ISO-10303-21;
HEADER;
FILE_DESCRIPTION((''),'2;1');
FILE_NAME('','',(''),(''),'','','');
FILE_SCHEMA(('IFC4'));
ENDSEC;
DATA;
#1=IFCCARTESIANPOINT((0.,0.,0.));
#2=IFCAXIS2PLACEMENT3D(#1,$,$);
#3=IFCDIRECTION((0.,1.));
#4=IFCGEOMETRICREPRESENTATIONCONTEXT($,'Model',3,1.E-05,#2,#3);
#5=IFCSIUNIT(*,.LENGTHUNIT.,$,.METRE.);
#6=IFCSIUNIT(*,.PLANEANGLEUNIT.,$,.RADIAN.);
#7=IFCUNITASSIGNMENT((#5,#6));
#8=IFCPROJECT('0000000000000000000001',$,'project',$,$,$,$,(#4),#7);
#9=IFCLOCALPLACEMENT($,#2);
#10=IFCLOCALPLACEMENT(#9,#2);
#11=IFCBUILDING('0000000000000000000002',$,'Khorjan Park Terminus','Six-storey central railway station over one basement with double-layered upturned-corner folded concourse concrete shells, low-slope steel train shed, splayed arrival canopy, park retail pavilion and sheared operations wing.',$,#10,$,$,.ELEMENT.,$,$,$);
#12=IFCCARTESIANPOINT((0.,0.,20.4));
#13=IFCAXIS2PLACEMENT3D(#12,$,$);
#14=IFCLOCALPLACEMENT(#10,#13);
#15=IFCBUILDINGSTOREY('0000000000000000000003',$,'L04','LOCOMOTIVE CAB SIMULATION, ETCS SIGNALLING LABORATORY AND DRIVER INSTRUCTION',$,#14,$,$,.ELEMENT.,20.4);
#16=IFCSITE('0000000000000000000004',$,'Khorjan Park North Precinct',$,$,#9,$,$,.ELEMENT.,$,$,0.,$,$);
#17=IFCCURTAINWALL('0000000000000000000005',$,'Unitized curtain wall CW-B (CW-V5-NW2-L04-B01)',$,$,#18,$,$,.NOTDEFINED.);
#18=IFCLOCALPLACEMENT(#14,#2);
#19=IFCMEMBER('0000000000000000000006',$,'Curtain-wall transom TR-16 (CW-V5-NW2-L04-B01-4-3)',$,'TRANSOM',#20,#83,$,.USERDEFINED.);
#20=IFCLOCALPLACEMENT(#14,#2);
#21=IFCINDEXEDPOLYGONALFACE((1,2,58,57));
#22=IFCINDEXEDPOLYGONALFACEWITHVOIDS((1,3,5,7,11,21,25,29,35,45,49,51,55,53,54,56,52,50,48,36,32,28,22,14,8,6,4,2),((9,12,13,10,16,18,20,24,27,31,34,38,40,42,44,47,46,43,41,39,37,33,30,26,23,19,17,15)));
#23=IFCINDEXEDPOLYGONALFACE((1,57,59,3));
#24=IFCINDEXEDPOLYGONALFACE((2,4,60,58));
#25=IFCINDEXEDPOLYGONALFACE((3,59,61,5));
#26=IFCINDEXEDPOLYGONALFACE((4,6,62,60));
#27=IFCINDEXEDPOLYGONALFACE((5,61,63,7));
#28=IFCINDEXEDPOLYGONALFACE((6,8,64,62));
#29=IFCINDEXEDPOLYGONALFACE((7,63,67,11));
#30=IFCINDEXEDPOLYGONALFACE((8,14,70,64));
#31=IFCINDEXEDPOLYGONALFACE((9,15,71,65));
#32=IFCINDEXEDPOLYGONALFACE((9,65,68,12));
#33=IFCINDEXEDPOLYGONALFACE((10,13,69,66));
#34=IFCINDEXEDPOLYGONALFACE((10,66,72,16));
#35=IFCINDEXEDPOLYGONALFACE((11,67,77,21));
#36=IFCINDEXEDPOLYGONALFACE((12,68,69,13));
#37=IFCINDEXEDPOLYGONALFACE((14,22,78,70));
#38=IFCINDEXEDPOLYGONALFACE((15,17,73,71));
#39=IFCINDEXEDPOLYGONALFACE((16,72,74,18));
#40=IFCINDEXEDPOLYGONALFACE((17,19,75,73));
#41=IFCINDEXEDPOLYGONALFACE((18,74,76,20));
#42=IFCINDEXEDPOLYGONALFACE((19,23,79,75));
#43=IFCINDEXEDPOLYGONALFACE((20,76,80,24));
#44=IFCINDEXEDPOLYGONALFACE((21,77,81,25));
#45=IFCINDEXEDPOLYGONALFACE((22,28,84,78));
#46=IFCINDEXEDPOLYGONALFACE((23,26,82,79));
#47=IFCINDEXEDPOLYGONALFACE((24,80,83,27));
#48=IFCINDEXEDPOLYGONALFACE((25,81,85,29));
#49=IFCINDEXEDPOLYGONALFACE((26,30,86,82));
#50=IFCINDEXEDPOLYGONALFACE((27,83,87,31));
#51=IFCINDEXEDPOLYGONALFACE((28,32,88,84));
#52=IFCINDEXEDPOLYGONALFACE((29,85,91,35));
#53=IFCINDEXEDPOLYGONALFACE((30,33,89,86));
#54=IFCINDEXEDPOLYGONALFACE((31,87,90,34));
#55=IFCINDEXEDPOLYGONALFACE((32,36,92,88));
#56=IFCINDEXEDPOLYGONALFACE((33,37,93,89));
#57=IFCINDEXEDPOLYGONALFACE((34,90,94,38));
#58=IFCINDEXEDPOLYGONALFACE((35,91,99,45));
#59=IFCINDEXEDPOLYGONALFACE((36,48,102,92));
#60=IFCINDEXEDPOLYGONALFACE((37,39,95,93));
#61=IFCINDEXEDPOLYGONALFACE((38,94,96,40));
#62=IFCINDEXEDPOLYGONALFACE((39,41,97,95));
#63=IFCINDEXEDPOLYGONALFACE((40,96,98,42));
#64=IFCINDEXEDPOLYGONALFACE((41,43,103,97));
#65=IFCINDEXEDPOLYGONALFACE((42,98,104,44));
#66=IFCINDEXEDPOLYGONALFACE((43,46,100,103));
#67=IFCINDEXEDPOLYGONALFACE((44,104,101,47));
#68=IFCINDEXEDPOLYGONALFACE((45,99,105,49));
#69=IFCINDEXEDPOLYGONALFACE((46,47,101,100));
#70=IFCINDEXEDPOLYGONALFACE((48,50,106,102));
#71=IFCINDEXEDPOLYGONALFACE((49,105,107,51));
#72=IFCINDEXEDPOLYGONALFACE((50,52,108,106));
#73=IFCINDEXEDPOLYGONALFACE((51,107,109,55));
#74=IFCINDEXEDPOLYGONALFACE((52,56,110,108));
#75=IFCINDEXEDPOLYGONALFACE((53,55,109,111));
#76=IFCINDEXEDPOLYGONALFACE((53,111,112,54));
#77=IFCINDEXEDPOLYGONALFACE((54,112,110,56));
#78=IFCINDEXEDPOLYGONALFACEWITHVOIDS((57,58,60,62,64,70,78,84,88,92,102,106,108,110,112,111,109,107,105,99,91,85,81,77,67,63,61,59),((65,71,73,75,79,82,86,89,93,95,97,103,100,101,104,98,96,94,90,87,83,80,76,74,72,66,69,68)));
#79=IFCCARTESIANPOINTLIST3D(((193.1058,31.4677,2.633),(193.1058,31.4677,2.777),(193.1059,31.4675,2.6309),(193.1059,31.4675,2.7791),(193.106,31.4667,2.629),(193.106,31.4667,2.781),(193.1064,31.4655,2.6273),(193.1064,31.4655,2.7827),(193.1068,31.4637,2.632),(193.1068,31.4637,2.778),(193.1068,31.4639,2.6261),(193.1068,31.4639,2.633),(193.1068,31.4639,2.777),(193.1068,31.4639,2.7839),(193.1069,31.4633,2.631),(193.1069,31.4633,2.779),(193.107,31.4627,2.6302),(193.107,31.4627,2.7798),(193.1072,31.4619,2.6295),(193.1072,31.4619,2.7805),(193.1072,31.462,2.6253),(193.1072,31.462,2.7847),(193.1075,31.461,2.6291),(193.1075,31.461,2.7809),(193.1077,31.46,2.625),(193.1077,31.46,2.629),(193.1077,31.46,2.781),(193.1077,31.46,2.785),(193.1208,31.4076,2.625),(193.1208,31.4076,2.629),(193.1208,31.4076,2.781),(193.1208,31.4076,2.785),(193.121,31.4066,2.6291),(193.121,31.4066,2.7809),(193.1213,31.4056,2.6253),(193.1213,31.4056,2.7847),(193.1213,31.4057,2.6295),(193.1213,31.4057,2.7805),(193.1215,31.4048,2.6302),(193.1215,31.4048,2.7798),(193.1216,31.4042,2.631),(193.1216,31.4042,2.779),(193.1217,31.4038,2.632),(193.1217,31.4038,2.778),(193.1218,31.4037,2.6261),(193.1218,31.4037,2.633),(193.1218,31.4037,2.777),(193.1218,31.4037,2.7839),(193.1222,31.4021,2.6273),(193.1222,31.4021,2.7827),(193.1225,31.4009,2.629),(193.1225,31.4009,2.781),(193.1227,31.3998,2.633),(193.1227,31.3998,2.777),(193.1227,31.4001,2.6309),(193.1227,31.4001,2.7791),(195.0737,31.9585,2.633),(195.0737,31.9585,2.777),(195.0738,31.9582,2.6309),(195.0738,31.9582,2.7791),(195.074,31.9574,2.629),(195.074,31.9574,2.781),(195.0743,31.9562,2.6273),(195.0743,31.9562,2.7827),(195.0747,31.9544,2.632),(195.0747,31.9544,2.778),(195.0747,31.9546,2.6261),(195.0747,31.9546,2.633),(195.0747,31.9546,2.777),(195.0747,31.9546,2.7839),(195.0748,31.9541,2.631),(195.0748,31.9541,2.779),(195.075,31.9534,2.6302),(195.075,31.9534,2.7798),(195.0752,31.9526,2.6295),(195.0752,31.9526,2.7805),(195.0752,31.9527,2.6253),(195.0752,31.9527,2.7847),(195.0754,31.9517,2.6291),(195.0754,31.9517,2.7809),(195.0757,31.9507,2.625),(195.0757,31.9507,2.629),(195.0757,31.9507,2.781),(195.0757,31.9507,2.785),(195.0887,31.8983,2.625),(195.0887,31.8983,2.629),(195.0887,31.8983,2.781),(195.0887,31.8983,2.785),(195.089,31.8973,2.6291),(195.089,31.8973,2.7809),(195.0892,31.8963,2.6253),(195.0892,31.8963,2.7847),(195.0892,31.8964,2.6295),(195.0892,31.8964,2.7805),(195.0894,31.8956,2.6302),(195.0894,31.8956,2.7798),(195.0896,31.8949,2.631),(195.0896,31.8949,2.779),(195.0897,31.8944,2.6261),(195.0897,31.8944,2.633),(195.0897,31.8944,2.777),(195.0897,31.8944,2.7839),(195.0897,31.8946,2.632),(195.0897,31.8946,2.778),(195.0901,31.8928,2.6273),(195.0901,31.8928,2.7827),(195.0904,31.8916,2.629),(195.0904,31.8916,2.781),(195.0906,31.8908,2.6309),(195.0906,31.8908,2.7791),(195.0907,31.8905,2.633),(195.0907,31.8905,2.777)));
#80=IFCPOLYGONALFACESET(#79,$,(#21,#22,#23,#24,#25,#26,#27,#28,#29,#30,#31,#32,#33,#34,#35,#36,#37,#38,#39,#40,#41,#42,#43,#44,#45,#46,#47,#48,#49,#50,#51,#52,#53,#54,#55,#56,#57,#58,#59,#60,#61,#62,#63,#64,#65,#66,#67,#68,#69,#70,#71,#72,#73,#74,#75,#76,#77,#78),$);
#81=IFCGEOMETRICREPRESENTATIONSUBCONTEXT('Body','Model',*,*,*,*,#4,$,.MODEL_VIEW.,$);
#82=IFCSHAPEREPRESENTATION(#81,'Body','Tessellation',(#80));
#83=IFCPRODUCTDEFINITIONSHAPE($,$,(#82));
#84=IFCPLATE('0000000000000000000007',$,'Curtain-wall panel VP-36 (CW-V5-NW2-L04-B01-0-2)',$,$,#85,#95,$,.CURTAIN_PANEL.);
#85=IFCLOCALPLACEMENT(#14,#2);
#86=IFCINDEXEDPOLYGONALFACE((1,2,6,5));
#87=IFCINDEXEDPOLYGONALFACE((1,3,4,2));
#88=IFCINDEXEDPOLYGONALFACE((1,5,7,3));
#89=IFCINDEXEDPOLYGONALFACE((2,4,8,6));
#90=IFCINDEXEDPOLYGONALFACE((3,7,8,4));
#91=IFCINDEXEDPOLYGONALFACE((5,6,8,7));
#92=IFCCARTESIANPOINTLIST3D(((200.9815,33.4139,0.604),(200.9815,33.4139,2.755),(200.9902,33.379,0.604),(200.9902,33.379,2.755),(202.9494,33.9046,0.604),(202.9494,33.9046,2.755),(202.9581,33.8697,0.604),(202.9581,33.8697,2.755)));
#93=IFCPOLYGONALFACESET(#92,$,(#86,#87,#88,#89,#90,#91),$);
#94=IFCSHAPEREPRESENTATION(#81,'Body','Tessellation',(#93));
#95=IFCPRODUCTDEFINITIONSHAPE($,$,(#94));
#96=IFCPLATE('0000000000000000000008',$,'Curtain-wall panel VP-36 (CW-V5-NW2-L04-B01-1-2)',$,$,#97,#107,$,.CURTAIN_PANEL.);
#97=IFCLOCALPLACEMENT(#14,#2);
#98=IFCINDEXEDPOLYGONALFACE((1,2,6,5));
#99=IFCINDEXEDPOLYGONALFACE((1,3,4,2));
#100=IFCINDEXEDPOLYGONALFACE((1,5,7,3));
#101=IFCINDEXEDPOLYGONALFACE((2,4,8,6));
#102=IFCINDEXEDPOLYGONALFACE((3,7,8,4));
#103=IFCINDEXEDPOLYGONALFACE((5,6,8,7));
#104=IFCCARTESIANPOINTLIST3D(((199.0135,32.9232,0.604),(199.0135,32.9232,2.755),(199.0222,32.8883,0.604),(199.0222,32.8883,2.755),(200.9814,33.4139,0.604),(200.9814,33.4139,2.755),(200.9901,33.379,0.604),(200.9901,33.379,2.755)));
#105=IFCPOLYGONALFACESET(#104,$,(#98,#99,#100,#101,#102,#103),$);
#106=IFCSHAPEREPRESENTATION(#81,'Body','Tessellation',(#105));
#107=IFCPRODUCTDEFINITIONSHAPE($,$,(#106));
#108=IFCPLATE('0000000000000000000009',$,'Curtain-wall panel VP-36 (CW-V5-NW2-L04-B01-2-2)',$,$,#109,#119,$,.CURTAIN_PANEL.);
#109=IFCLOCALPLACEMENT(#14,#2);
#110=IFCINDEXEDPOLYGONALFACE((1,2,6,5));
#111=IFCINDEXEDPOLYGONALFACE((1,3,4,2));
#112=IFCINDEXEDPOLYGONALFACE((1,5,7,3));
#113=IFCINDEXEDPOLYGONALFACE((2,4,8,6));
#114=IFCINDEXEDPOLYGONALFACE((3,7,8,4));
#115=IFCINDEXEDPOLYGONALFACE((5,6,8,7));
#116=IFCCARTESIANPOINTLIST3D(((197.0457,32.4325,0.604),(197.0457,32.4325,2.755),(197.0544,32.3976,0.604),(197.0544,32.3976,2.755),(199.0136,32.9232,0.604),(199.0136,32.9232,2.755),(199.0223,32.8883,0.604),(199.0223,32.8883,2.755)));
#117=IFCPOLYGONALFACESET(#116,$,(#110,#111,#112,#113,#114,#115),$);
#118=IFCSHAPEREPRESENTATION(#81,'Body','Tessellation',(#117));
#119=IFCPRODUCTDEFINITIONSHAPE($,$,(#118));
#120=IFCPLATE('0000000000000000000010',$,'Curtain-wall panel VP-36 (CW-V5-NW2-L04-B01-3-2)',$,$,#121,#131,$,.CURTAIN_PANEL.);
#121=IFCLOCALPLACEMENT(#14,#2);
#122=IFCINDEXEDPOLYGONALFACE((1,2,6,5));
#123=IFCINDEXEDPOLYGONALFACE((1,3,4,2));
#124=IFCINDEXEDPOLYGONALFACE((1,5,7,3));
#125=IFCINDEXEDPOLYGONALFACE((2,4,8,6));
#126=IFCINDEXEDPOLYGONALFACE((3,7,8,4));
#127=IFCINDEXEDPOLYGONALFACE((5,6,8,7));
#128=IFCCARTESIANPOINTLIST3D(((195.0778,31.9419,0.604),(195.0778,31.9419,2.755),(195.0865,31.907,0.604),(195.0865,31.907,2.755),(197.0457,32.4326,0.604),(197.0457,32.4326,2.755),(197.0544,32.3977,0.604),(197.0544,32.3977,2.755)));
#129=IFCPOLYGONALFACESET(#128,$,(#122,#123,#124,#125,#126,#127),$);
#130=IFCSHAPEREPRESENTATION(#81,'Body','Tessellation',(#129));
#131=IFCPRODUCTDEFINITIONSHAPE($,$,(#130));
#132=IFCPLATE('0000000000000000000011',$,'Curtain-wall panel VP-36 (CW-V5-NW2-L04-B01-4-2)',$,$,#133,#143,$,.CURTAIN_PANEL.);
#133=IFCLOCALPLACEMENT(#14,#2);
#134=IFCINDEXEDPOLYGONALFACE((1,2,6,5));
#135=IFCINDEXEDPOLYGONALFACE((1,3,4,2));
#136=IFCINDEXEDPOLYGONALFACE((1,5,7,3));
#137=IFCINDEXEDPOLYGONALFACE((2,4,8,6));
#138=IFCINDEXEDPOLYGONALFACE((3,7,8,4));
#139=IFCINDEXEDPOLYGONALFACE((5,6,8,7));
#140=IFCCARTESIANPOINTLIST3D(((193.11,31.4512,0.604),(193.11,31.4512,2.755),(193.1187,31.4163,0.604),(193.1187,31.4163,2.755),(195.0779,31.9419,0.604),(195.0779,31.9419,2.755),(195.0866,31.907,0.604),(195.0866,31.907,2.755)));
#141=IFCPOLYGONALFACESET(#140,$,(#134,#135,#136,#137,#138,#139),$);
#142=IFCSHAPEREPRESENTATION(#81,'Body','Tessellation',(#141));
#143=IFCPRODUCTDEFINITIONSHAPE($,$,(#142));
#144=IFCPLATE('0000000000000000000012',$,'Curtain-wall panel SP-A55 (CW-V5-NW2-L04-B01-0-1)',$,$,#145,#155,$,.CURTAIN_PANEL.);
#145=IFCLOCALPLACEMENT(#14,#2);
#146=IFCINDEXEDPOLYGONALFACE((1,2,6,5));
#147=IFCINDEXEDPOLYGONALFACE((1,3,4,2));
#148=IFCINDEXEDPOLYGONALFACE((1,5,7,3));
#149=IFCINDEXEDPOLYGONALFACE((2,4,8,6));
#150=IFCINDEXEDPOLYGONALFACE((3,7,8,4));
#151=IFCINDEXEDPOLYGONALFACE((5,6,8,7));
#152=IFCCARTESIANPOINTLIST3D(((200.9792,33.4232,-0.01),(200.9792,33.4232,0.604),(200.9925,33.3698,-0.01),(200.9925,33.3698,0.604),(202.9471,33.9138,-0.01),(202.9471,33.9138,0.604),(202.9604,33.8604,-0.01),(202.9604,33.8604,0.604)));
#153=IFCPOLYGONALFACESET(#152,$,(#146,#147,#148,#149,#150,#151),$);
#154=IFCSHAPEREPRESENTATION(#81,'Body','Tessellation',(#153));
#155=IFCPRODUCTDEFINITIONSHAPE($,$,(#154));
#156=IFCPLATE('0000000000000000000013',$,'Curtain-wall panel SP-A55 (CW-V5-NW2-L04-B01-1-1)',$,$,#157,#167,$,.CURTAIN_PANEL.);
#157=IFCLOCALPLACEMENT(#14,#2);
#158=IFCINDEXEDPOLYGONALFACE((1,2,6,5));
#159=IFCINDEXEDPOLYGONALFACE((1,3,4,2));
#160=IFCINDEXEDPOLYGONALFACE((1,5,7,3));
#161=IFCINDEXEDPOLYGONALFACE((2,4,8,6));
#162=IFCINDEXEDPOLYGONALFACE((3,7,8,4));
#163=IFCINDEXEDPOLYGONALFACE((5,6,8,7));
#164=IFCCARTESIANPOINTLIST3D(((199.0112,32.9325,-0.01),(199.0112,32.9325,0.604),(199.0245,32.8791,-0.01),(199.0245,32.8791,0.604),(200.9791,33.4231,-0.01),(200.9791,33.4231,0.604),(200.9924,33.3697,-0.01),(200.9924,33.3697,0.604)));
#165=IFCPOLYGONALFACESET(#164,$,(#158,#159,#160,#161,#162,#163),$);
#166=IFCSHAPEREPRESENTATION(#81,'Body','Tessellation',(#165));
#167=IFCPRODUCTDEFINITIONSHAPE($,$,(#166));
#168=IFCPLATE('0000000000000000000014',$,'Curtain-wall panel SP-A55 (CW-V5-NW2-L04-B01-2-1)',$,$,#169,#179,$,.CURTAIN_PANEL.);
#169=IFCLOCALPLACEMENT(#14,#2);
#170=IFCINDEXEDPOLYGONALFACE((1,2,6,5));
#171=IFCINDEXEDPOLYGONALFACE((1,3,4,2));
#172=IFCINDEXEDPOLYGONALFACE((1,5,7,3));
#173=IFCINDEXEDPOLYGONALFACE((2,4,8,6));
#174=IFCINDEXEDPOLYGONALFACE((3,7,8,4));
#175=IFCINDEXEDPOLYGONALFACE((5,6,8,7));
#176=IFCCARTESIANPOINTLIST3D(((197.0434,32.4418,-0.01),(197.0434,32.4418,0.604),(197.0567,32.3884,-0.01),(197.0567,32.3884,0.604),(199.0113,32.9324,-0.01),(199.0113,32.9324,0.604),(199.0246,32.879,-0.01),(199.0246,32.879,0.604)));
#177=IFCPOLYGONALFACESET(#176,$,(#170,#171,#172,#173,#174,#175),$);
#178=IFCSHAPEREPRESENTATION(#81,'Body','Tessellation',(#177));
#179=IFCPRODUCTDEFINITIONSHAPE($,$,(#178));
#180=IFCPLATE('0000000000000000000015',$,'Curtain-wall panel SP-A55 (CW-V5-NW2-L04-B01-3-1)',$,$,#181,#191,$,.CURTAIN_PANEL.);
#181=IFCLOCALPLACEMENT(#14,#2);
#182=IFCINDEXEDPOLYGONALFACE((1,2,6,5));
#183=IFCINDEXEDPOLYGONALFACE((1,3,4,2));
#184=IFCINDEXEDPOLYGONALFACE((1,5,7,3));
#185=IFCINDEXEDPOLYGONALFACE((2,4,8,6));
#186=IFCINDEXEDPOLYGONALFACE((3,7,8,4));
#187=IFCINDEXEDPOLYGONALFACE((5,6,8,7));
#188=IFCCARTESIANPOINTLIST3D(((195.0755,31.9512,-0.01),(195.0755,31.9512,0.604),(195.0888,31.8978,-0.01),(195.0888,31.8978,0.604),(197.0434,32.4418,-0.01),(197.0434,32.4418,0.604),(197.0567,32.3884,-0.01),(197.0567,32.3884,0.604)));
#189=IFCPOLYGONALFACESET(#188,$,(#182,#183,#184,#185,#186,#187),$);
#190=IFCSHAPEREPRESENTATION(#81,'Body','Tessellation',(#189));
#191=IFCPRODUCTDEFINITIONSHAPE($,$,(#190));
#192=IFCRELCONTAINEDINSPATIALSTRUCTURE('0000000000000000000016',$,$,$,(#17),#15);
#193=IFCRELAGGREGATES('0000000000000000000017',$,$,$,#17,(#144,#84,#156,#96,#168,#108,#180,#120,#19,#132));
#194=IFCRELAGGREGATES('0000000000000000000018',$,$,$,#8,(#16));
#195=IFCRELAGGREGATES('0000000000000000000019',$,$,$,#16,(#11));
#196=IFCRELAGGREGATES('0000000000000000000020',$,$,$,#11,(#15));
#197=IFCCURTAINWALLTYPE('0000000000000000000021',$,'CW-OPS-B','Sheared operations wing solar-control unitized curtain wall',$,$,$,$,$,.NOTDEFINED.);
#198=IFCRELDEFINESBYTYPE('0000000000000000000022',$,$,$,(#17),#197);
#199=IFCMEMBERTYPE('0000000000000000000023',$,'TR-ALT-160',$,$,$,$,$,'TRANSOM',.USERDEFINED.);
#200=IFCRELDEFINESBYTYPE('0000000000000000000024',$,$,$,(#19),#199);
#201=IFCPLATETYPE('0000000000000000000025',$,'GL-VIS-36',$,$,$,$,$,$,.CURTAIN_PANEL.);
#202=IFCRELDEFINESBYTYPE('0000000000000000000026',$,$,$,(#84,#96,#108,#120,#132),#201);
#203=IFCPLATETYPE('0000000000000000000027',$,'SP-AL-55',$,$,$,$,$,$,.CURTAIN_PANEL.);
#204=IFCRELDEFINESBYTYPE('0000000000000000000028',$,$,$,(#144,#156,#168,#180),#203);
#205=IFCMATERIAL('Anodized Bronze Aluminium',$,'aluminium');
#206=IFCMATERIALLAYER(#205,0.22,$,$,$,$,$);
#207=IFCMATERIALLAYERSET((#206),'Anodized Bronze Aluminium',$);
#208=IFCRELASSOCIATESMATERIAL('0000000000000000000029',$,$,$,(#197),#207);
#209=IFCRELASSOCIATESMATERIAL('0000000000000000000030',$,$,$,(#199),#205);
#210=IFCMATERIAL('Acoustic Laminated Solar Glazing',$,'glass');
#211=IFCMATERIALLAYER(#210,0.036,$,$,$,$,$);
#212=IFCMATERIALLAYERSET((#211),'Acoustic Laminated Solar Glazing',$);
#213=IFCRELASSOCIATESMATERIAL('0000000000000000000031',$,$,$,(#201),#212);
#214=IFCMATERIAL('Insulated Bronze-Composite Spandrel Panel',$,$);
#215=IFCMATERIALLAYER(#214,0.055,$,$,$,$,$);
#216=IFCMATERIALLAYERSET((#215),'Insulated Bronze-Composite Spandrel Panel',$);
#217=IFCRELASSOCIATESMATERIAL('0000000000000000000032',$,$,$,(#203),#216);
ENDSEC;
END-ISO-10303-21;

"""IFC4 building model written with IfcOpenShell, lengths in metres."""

from ifc_helpers import new_model, si_unit, direction, frame, origin, origin_2d, place, context, subcontext, project, spatial, rectangle, hollow_rectangle, extrude, material, layer, layer_set, material_profile, profile_set, type_object, element, aggregate, save


model = new_model("IFC4")

# Units and contexts
model_context = context("Model", 3, precision=1e-05, world=origin(), true_north=direction((0.0, 1.0)))
body_context = subcontext(model_context, "Body", "Model", "MODEL_VIEW")
ifc_project = project(units=[si_unit("LENGTHUNIT", "METRE"), si_unit("PLANEANGLEUNIT", "RADIAN")], contexts=[model_context])

# Site, building, storey
site_placement = place(None, origin())
site = spatial("IfcSite", under=ifc_project, at=site_placement, Name="Khorjan Park North Precinct", CompositionType="ELEMENT", RefElevation=0.0)
building_placement = place(site_placement, origin())
building = spatial("IfcBuilding", under=site, at=building_placement, Name="Khorjan Park Terminus", Description="Six-storey central railway station over one basement with double-layered upturned-corner folded concourse concrete shells, low-slope steel train shed, splayed arrival canopy, park retail pavilion and sheared operations wing.", CompositionType="ELEMENT")
storey_placement = place(building_placement, frame((0.0, 0.0, 20.4)))
storey = spatial("IfcBuildingStorey", under=building, at=storey_placement, Name="L04", Description="LOCOMOTIVE CAB SIMULATION, ETCS SIGNALLING LABORATORY AND DRIVER INSTRUCTION", CompositionType="ELEMENT", Elevation=20.4)

# Curtain wall, member, plates
ifc_material_1 = material(Name="Anodized Bronze Aluminium", Category="aluminium")
ifc_layer_1 = layer(ifc_material_1, 0.22)
ifc_layer_set_1 = layer_set([ifc_layer_1], Name="Anodized Bronze Aluminium")
curtain_wall_type = type_object("IfcCurtainWallType", Name="CW-OPS-B", Description="Sheared operations wing solar-control unitized curtain wall", PredefinedType="NOTDEFINED", material=ifc_layer_set_1)
curtain_wall_placement = place(storey_placement, origin())
curtain_wall = element("IfcCurtainWall", 1, at=curtain_wall_placement, inside=storey, type_object=curtain_wall_type, Name="Unitized curtain wall CW-B (CW-V5-NW2-L04-B01)", PredefinedType="NOTDEFINED")
ifc_material_profile_1 = material_profile(ifc_material_1, hollow_rectangle(XDim=0.07, YDim=0.16, WallThickness=0.004, InnerFilletRadius=0.004, OuterFilletRadius=0.008, at=origin_2d()), Name="ALT 70x160x4")
ifc_profile_set_1 = profile_set([ifc_material_profile_1], Name="Anodized Bronze Aluminium")
member_type_1 = type_object("IfcMemberType", Name="TR-ALT-160", ElementType="TRANSOM", PredefinedType="USERDEFINED", material=ifc_profile_set_1)
member_1_placement = place(storey_placement, frame((195.0822, 31.9245, 2.705), z_axis=(-0.97029, -0.241944, 0.0), x_axis=(0.241944, -0.97029, 0.0)))
member_1 = element("IfcMember", 2, at=member_1_placement, type_object=member_type_1, Name="Curtain-wall transom TR-16 (CW-V5-NW2-L04-B01-4-3)", ObjectType="TRANSOM", PredefinedType="USERDEFINED", context=body_context, shape_type="SweptSolid", body=[
    extrude(hollow_rectangle(XDim=0.07, YDim=0.16, WallThickness=0.004, InnerFilletRadius=0.004, OuterFilletRadius=0.008, at=origin_2d()), origin(), (0.0, 0.0, 1.0), 2.0282),
])
ifc_material_2 = material(Name="Acoustic Laminated Solar Glazing", Category="glass")
ifc_layer_2 = layer(ifc_material_2, 0.036)
ifc_layer_set_2 = layer_set([ifc_layer_2], Name="Acoustic Laminated Solar Glazing")
plate_type_1 = type_object("IfcPlateType", Name="GL-VIS-36", PredefinedType="CURTAIN_PANEL", material=ifc_layer_set_2)
plate_1_placement = place(storey_placement, frame((201.9698, 33.6418, 0.604), z_axis=(0.0, 0.0, 1.0), x_axis=(-0.970294, -0.241928, 0.0)))
plate_1 = element("IfcPlate", 3, at=plate_1_placement, type_object=plate_type_1, Name="Curtain-wall panel VP-36 (CW-V5-NW2-L04-B01-0-2)", PredefinedType="CURTAIN_PANEL", context=body_context, shape_type="SweptSolid", body=[
    extrude(rectangle(XDim=2.0281, YDim=0.036, at=origin_2d()), origin(), (0.0, 0.0, 1.0), 2.151),
])
plate_2_placement = place(storey_placement, frame((200.0018, 33.1511, 0.604), z_axis=(0.0, 0.0, 1.0), x_axis=(-0.970294, -0.241928, 0.0)))
plate_2 = element("IfcPlate", 4, at=plate_2_placement, type_object=plate_type_1, Name="Curtain-wall panel VP-36 (CW-V5-NW2-L04-B01-1-2)", PredefinedType="CURTAIN_PANEL", context=body_context, shape_type="SweptSolid", body=[
    extrude(rectangle(XDim=2.0281, YDim=0.036, at=origin_2d()), origin(), (0.0, 0.0, 1.0), 2.151),
])
plate_3_placement = place(storey_placement, frame((198.034, 32.6604, 0.604), z_axis=(0.0, 0.0, 1.0), x_axis=(-0.970294, -0.241928, 0.0)))
plate_3 = element("IfcPlate", 5, at=plate_3_placement, type_object=plate_type_1, Name="Curtain-wall panel VP-36 (CW-V5-NW2-L04-B01-2-2)", PredefinedType="CURTAIN_PANEL", context=body_context, shape_type="SweptSolid", body=[
    extrude(rectangle(XDim=2.0281, YDim=0.036, at=origin_2d()), origin(), (0.0, 0.0, 1.0), 2.151),
])
plate_4_placement = place(storey_placement, frame((196.0661, 32.1698, 0.604), z_axis=(0.0, 0.0, 1.0), x_axis=(-0.970294, -0.241928, 0.0)))
plate_4 = element("IfcPlate", 6, at=plate_4_placement, type_object=plate_type_1, Name="Curtain-wall panel VP-36 (CW-V5-NW2-L04-B01-3-2)", PredefinedType="CURTAIN_PANEL", context=body_context, shape_type="SweptSolid", body=[
    extrude(rectangle(XDim=2.0281, YDim=0.036, at=origin_2d()), origin(), (0.0, 0.0, 1.0), 2.151),
])
plate_5_placement = place(storey_placement, frame((194.0983, 31.6791, 0.604), z_axis=(0.0, 0.0, 1.0), x_axis=(-0.970294, -0.241928, 0.0)))
plate_5 = element("IfcPlate", 7, at=plate_5_placement, type_object=plate_type_1, Name="Curtain-wall panel VP-36 (CW-V5-NW2-L04-B01-4-2)", PredefinedType="CURTAIN_PANEL", context=body_context, shape_type="SweptSolid", body=[
    extrude(rectangle(XDim=2.0281, YDim=0.036, at=origin_2d()), origin(), (0.0, 0.0, 1.0), 2.151),
])
ifc_material_3 = material(Name="Insulated Bronze-Composite Spandrel Panel")
ifc_layer_3 = layer(ifc_material_3, 0.055)
ifc_layer_set_3 = layer_set([ifc_layer_3], Name="Insulated Bronze-Composite Spandrel Panel")
plate_type_2 = type_object("IfcPlateType", Name="SP-AL-55", PredefinedType="CURTAIN_PANEL", material=ifc_layer_set_3)
plate_6_placement = place(storey_placement, frame((201.9698, 33.6418, -0.01), z_axis=(0.0, 0.0, 1.0), x_axis=(-0.970294, -0.241928, 0.0)))
plate_6 = element("IfcPlate", 8, at=plate_6_placement, type_object=plate_type_2, Name="Curtain-wall panel SP-A55 (CW-V5-NW2-L04-B01-0-1)", PredefinedType="CURTAIN_PANEL", context=body_context, shape_type="SweptSolid", body=[
    extrude(rectangle(XDim=2.0281, YDim=0.055, at=origin_2d()), origin(), (0.0, 0.0, 1.0), 0.614),
])
plate_7_placement = place(storey_placement, frame((200.0018, 33.1511, -0.01), z_axis=(0.0, 0.0, 1.0), x_axis=(-0.970294, -0.241928, 0.0)))
plate_7 = element("IfcPlate", 9, at=plate_7_placement, type_object=plate_type_2, Name="Curtain-wall panel SP-A55 (CW-V5-NW2-L04-B01-1-1)", PredefinedType="CURTAIN_PANEL", context=body_context, shape_type="SweptSolid", body=[
    extrude(rectangle(XDim=2.0281, YDim=0.055, at=origin_2d()), origin(), (0.0, 0.0, 1.0), 0.614),
])
plate_8_placement = place(storey_placement, frame((198.034, 32.6604, -0.01), z_axis=(0.0, 0.0, 1.0), x_axis=(-0.970294, -0.241928, 0.0)))
plate_8 = element("IfcPlate", 10, at=plate_8_placement, type_object=plate_type_2, Name="Curtain-wall panel SP-A55 (CW-V5-NW2-L04-B01-2-1)", PredefinedType="CURTAIN_PANEL", context=body_context, shape_type="SweptSolid", body=[
    extrude(rectangle(XDim=2.0281, YDim=0.055, at=origin_2d()), origin(), (0.0, 0.0, 1.0), 0.614),
])
plate_9_placement = place(storey_placement, frame((196.0661, 32.1698, -0.01), z_axis=(0.0, 0.0, 1.0), x_axis=(-0.970294, -0.241928, 0.0)))
plate_9 = element("IfcPlate", 11, at=plate_9_placement, type_object=plate_type_2, Name="Curtain-wall panel SP-A55 (CW-V5-NW2-L04-B01-3-1)", PredefinedType="CURTAIN_PANEL", context=body_context, shape_type="SweptSolid", body=[
    extrude(rectangle(XDim=2.0281, YDim=0.055, at=origin_2d()), origin(), (0.0, 0.0, 1.0), 0.614),
])
aggregate(curtain_wall, [plate_6, plate_1, plate_7, plate_2, plate_8, plate_3, plate_9, plate_4, member_1, plate_5])

save(model, "model.ifc")
